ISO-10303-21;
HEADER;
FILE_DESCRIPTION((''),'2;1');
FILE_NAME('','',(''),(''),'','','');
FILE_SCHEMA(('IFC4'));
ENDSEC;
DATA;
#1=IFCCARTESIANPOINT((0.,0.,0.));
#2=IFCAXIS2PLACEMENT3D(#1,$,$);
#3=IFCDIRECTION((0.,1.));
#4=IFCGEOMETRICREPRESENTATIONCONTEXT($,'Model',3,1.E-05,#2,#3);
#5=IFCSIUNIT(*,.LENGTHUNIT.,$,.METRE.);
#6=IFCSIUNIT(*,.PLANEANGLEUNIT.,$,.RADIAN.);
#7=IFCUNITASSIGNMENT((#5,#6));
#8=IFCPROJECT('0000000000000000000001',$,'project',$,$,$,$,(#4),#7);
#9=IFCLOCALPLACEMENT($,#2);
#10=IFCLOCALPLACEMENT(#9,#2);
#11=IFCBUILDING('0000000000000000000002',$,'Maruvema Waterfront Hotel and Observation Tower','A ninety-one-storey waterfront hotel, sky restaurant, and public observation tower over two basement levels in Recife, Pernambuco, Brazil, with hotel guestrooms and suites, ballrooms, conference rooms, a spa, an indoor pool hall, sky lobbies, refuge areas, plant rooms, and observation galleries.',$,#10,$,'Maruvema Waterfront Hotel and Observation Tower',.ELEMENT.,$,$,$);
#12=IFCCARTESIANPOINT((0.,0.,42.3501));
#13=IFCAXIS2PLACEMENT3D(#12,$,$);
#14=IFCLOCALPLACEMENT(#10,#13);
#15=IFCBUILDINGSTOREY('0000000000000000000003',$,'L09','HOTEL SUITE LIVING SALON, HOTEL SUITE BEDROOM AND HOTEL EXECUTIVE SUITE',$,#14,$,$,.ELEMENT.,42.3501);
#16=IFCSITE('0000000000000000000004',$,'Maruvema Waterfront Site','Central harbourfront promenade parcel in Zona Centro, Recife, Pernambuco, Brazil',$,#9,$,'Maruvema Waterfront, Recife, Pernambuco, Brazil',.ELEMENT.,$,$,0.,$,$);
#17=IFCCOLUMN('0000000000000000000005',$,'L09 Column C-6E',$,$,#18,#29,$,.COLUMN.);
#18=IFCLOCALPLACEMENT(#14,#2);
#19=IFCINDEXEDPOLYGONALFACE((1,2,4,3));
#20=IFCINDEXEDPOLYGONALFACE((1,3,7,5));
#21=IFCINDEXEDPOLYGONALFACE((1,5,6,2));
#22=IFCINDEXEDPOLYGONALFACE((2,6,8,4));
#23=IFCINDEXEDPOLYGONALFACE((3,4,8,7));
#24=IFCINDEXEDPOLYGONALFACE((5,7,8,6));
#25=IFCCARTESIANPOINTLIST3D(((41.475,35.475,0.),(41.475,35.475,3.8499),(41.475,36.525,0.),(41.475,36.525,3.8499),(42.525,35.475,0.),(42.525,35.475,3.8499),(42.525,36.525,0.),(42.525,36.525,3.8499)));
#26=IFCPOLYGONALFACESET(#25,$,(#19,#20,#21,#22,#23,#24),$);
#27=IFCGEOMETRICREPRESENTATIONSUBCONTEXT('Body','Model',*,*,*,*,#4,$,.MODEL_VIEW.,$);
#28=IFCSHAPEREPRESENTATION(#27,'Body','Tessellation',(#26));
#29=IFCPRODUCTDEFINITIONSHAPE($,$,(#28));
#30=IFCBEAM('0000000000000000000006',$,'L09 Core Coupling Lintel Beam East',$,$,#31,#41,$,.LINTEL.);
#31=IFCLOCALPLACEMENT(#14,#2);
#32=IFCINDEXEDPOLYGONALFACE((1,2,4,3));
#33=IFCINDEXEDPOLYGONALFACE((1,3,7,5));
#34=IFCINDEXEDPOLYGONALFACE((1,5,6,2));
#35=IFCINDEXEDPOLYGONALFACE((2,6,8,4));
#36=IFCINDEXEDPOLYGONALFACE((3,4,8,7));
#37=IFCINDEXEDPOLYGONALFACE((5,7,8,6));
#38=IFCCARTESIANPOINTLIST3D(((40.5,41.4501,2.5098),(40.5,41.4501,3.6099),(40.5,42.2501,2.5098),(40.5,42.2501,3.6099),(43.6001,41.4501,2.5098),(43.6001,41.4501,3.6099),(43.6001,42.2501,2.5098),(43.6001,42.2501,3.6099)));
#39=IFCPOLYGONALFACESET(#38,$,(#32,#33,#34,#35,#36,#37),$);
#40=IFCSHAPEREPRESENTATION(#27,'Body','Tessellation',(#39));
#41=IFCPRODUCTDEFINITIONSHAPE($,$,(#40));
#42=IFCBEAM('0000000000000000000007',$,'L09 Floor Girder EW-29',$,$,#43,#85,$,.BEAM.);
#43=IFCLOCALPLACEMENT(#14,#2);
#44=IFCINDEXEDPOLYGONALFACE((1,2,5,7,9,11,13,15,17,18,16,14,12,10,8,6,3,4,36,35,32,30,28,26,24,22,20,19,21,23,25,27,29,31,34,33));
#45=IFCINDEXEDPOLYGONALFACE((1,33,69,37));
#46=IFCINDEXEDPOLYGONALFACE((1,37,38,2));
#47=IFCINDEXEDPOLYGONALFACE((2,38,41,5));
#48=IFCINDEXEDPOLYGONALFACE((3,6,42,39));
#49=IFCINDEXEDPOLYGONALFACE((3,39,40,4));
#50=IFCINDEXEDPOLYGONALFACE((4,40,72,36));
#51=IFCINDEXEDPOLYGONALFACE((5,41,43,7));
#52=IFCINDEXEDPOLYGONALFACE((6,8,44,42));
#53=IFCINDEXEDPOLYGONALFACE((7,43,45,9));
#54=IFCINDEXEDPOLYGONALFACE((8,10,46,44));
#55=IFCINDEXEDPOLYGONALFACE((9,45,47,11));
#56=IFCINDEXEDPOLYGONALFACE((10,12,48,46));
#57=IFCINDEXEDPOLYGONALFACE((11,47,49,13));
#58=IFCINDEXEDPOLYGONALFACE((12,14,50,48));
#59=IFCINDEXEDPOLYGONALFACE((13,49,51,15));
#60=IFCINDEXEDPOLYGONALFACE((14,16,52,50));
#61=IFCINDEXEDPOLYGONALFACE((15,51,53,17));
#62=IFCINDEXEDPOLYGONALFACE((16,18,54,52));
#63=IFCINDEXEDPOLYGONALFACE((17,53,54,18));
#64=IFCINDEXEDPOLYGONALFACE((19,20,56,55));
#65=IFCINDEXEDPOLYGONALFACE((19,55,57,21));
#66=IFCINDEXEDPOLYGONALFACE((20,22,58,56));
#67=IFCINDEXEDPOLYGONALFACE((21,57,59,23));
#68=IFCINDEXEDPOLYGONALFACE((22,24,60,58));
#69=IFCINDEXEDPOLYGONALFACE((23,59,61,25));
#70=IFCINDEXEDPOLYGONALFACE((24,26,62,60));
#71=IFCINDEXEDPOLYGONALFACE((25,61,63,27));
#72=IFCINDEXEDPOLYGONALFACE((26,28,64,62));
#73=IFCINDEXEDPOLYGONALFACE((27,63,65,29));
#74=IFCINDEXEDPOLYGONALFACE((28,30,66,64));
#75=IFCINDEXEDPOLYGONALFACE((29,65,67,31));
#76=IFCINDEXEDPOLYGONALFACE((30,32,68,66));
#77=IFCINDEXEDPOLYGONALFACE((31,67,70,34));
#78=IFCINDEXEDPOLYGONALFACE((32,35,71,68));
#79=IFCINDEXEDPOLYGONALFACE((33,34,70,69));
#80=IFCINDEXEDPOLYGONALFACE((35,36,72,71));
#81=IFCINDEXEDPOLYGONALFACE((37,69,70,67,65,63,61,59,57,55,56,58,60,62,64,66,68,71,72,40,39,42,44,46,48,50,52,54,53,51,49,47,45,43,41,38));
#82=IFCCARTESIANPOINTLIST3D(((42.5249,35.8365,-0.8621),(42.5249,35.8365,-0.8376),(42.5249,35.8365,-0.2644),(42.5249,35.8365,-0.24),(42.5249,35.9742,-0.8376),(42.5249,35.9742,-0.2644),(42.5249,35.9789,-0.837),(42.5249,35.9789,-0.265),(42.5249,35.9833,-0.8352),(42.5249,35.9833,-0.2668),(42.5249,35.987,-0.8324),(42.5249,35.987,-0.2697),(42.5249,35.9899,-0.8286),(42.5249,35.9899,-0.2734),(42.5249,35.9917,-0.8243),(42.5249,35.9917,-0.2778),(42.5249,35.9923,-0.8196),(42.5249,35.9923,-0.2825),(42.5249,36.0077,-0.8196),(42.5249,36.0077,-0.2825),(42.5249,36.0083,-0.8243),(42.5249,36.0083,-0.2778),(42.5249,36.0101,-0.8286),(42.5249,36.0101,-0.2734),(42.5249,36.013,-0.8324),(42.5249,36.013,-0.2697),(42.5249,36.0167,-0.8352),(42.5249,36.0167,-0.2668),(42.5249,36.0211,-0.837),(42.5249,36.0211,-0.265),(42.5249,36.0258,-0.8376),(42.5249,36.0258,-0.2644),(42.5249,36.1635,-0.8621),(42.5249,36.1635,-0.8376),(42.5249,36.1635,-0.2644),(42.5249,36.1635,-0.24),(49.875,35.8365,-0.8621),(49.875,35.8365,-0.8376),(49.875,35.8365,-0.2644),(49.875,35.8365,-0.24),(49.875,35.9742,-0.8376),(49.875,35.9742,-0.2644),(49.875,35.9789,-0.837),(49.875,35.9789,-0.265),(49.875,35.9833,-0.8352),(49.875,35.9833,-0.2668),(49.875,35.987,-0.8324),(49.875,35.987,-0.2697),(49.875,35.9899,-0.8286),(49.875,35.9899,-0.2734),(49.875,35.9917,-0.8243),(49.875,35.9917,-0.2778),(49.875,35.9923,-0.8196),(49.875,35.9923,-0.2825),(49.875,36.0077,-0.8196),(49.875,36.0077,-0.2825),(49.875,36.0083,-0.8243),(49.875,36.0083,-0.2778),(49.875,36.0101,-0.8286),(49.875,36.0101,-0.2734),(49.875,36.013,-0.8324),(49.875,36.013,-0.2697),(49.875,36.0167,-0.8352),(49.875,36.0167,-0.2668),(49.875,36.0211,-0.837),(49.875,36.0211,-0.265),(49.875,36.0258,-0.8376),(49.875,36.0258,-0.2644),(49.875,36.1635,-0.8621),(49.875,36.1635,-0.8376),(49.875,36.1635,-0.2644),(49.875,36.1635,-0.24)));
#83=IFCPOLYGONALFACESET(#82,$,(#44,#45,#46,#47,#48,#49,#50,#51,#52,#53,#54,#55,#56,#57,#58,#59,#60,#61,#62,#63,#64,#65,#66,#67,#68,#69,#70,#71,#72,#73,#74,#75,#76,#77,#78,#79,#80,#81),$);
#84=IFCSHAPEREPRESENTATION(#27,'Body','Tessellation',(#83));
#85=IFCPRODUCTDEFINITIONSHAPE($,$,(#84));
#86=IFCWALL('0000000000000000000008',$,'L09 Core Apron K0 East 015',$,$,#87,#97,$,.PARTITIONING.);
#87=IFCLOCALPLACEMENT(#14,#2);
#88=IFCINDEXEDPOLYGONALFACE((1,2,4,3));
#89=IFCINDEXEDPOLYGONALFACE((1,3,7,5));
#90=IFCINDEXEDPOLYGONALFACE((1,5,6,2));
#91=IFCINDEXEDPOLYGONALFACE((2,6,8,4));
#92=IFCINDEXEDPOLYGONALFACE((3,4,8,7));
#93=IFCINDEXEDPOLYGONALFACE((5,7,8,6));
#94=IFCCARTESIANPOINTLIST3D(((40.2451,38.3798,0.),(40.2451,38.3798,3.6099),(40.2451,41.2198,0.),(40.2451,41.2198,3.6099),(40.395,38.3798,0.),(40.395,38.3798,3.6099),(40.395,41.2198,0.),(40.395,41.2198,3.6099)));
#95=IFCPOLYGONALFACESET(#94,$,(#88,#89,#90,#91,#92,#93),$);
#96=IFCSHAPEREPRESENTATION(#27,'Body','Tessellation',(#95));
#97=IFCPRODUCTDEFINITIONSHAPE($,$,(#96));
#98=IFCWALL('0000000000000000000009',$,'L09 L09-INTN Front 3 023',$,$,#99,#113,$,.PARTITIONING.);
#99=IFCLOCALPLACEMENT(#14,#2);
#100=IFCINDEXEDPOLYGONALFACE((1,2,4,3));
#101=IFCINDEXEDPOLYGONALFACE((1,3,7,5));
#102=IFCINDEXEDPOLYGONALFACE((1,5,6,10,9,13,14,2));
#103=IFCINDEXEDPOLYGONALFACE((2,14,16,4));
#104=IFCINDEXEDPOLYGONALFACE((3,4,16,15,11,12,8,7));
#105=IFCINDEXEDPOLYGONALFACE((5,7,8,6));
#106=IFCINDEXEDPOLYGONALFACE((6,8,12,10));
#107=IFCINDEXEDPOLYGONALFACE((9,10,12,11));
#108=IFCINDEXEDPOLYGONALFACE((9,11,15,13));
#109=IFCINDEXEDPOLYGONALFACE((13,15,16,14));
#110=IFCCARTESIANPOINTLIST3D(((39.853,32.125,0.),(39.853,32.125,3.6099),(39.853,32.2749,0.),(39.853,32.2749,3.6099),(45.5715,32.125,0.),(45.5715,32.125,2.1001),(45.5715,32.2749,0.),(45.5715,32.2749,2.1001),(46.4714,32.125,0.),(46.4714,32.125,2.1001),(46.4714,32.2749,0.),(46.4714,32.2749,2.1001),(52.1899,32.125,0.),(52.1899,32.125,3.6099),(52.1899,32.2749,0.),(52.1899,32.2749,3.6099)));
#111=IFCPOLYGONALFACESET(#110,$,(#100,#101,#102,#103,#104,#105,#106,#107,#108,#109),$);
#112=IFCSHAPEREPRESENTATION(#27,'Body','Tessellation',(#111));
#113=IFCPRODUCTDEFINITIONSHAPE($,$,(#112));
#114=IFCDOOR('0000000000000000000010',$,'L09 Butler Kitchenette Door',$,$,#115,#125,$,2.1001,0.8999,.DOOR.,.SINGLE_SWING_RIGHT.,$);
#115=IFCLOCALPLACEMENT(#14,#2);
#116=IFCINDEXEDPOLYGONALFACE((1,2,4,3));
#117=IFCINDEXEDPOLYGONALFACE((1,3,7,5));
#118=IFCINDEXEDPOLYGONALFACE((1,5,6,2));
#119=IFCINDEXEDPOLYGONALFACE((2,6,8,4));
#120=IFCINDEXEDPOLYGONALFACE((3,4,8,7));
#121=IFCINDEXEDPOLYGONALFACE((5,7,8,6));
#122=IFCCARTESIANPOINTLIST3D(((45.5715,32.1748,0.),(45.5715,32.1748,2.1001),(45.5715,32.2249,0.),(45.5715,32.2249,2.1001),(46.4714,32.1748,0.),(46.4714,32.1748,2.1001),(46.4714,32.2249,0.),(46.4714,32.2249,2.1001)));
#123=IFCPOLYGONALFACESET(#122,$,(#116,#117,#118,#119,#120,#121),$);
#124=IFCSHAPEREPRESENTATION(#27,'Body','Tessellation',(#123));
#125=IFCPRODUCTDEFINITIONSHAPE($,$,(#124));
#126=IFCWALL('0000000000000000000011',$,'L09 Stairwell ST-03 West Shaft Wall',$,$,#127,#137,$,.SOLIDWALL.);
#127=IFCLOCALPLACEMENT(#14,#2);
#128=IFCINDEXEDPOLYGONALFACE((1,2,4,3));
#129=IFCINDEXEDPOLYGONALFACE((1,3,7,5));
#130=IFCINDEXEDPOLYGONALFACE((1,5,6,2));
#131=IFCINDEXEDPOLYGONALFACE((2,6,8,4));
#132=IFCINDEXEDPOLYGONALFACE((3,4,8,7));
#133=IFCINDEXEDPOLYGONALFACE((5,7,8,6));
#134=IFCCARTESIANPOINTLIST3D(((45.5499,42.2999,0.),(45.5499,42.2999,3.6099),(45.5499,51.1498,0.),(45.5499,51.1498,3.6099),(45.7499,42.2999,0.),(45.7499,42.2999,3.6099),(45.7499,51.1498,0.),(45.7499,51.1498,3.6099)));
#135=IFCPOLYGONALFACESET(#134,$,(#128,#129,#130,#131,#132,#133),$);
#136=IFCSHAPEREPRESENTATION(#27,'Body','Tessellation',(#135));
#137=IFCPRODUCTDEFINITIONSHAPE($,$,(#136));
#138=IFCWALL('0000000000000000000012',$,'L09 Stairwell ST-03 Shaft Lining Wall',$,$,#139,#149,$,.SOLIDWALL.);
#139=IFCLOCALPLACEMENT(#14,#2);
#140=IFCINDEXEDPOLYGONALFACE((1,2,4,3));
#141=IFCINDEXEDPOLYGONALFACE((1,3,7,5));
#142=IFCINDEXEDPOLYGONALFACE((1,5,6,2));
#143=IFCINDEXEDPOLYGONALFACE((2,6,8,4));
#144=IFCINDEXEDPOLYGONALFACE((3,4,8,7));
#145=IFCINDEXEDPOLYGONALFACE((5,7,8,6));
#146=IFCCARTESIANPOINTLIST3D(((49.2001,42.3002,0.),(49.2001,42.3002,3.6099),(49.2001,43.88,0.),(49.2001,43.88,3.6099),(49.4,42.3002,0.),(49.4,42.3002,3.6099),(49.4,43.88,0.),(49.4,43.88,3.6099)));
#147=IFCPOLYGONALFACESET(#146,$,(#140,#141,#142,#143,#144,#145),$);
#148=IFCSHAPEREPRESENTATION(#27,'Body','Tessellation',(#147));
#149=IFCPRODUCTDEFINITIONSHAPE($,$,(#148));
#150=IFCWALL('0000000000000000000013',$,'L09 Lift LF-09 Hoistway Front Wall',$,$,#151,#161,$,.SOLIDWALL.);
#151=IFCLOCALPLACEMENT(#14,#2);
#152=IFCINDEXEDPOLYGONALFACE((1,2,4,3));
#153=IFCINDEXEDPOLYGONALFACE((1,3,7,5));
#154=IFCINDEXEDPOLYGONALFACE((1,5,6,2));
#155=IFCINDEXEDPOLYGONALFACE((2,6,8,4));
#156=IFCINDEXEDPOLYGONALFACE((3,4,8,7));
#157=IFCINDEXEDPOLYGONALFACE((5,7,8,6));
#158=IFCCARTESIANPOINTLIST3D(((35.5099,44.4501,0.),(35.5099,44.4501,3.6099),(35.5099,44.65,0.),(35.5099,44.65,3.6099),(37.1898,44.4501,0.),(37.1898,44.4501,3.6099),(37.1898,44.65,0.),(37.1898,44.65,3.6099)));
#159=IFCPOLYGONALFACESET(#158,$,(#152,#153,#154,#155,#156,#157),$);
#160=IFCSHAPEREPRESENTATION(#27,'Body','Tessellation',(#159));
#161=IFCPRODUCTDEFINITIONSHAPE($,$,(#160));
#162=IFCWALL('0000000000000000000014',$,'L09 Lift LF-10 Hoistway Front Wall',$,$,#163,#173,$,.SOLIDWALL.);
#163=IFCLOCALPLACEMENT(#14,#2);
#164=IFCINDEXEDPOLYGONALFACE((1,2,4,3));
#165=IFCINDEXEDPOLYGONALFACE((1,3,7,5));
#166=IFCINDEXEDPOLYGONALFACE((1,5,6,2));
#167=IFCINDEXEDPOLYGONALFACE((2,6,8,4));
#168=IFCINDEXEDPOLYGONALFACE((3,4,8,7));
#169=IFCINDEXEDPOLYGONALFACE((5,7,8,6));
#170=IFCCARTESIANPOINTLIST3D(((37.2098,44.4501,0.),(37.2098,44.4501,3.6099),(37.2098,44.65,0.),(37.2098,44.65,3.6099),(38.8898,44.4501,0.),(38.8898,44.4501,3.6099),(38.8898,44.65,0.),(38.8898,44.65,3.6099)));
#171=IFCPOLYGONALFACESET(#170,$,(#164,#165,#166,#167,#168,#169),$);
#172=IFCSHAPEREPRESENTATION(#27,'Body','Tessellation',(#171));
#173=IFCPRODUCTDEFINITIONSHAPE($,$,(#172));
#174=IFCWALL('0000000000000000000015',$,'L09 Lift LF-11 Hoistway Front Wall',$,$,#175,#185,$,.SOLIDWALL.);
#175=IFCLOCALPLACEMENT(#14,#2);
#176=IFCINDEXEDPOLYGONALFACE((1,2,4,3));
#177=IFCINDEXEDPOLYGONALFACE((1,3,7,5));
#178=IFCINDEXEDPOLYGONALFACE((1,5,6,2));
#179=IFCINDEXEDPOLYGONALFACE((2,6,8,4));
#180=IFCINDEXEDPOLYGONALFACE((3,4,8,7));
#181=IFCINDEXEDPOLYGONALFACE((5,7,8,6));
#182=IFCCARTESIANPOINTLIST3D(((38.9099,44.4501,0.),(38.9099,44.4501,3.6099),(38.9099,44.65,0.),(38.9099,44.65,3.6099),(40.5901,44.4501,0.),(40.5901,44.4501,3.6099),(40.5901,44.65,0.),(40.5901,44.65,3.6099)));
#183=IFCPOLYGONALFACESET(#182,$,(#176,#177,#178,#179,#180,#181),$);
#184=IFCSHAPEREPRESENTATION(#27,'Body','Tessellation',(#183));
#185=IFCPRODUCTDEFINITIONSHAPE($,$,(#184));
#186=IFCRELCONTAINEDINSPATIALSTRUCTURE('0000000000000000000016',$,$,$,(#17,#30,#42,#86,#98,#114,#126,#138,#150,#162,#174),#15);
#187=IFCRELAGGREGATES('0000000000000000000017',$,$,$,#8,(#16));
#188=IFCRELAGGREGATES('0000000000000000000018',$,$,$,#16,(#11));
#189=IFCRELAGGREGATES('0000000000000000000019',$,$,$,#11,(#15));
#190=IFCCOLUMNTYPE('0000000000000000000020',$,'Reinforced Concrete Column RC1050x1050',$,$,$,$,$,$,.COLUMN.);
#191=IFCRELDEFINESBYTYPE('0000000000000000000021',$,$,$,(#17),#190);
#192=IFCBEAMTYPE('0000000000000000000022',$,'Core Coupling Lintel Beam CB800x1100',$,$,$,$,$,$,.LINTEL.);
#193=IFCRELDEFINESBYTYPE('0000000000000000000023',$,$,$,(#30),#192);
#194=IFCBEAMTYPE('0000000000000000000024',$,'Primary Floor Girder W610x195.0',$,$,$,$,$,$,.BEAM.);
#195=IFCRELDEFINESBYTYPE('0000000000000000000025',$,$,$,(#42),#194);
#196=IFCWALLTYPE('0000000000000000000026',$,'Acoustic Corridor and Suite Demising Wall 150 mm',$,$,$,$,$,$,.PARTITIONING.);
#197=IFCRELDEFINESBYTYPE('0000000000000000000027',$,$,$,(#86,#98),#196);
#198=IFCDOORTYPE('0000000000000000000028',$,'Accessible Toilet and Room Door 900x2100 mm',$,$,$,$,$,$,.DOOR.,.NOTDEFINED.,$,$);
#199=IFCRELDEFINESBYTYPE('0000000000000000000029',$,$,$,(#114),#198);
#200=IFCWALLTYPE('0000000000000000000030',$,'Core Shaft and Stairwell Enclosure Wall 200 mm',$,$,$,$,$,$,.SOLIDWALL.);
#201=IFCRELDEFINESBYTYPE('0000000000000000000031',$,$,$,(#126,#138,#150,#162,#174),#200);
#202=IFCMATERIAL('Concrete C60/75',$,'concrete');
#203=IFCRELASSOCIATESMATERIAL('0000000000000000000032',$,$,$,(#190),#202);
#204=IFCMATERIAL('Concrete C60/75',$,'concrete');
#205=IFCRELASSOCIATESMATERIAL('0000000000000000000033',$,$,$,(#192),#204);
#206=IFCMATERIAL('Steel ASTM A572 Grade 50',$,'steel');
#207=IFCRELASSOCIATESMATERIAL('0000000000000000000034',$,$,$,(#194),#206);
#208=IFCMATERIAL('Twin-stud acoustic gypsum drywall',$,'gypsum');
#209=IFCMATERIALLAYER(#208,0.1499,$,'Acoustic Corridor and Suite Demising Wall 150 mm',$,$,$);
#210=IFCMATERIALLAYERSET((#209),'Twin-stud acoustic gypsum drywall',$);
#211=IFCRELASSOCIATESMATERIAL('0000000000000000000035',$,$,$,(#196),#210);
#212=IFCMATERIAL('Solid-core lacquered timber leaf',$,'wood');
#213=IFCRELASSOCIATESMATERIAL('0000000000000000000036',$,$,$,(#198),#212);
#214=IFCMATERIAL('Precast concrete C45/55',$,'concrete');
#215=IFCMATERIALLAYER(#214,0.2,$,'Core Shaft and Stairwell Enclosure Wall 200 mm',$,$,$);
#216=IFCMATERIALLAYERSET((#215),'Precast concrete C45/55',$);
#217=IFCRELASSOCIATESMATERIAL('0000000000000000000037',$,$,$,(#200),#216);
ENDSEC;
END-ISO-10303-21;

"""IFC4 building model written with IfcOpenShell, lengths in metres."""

from ifc_helpers import new_model, si_unit, direction, frame, frame_2d, origin, origin_2d, place, context, subcontext, project, spatial, rectangle, i_section, extrude, material, layer, layer_set, material_profile, profile_set, type_object, element, fill, save


model = new_model("IFC4")

# Units and contexts
model_context = context("Model", 3, precision=1e-05, world=origin(), true_north=direction((0.0, 1.0)))
body_context = subcontext(model_context, "Body", "Model", "MODEL_VIEW")
ifc_project = project(units=[si_unit("LENGTHUNIT", "METRE"), si_unit("PLANEANGLEUNIT", "RADIAN")], contexts=[model_context])

# Site, building, storey
site_placement = place(None, origin())
site = spatial("IfcSite", under=ifc_project, at=site_placement, Name="Maruvema Waterfront Site", Description="Central harbourfront promenade parcel in Zona Centro, Recife, Pernambuco, Brazil", LongName="Maruvema Waterfront, Recife, Pernambuco, Brazil", CompositionType="ELEMENT", RefElevation=0.0)
building_placement = place(site_placement, origin())
building = spatial("IfcBuilding", under=site, at=building_placement, Name="Maruvema Waterfront Hotel and Observation Tower", Description="A ninety-one-storey waterfront hotel, sky restaurant, and public observation tower over two basement levels in Recife, Pernambuco, Brazil, with hotel guestrooms and suites, ballrooms, conference rooms, a spa, an indoor pool hall, sky lobbies, refuge areas, plant rooms, and observation galleries.", LongName="Maruvema Waterfront Hotel and Observation Tower", CompositionType="ELEMENT")
storey_placement = place(building_placement, frame((0.0, 0.0, 42.3501)))
storey = spatial("IfcBuildingStorey", under=building, at=storey_placement, Name="L09", Description="HOTEL SUITE LIVING SALON, HOTEL SUITE BEDROOM AND HOTEL EXECUTIVE SUITE", CompositionType="ELEMENT", Elevation=42.3501)

# Column
ifc_material_1 = material(Name="Concrete C60/75", Category="concrete")
ifc_material_profile_1 = material_profile(ifc_material_1, rectangle(XDim=1.05, YDim=1.05, at=origin_2d()), Name="RC1050x1050")
ifc_profile_set_1 = profile_set([ifc_material_profile_1], Name="Concrete C60/75")
column_type = type_object("IfcColumnType", Name="Reinforced Concrete Column RC1050x1050", PredefinedType="COLUMN", material=ifc_profile_set_1)
column_placement = place(storey_placement, frame((42.0, 36.0, 0.0), z_axis=(0.0, 0.0, 1.0), x_axis=(1.0, 0.0, 0.0)))
element("IfcColumn", 1, at=column_placement, inside=storey, type_object=column_type, Name="L09 Column C-6E", PredefinedType="COLUMN", context=body_context, shape_type="SweptSolid", body=[
    extrude(rectangle(XDim=1.05, YDim=1.05, at=origin_2d()), origin(), (0.0, 0.0, 1.0), 3.8499),
])

# Beams
ifc_material_2 = material(Name="Concrete C60/75", Category="concrete")
ifc_material_profile_2 = material_profile(ifc_material_2, rectangle(XDim=0.8, YDim=1.1001, at=origin_2d()), Name="CB800x1100")
ifc_profile_set_2 = profile_set([ifc_material_profile_2], Name="Concrete C60/75")
beam_type_1 = type_object("IfcBeamType", Name="Core Coupling Lintel Beam CB800x1100", PredefinedType="LINTEL", material=ifc_profile_set_2)
beam_1_placement = place(storey_placement, frame((40.5, 41.8501, 3.0598), z_axis=(1.0, 0.0, 0.0), x_axis=(0.0, 1.0, 0.0)))
element("IfcBeam", 2, at=beam_1_placement, inside=storey, type_object=beam_type_1, Name="L09 Core Coupling Lintel Beam East", PredefinedType="LINTEL", context=body_context, shape_type="SweptSolid", body=[
    extrude(rectangle(XDim=0.8, YDim=1.1001, at=origin_2d()), origin(), (0.0, 0.0, 1.0), 3.1001),
])
ifc_material_3 = material(Name="Steel ASTM A572 Grade 50", Category="steel")
ifc_material_profile_3 = material_profile(ifc_material_3, i_section(OverallWidth=0.3269, OverallDepth=0.6221, WebThickness=0.0154, FlangeThickness=0.0244, FilletRadius=0.0181, at=origin_2d()), Name="W610x195.0")
ifc_profile_set_3 = profile_set([ifc_material_profile_3], Name="Steel ASTM A572 Grade 50")
beam_type_2 = type_object("IfcBeamType", Name="Primary Floor Girder W610x195.0", PredefinedType="BEAM", material=ifc_profile_set_3)
beam_2_placement = place(storey_placement, frame((42.5249, 36.0, -0.551), z_axis=(1.0, 0.0, 0.0), x_axis=(0.0, 1.0, 0.0)))
element("IfcBeam", 3, at=beam_2_placement, inside=storey, type_object=beam_type_2, Name="L09 Floor Girder EW-29", PredefinedType="BEAM", context=body_context, shape_type="SweptSolid", body=[
    extrude(i_section(OverallWidth=0.3269, OverallDepth=0.6221, WebThickness=0.0154, FlangeThickness=0.0244, FilletRadius=0.0181, at=origin_2d()), origin(), (0.0, 0.0, 1.0), 7.3501),
])

# Wall
ifc_material_4 = material(Name="Twin-stud acoustic gypsum drywall", Category="gypsum")
ifc_layer_1 = layer(ifc_material_4, 0.1499, Name="Acoustic Corridor and Suite Demising Wall 150 mm")
ifc_layer_set_1 = layer_set([ifc_layer_1], Name="Twin-stud acoustic gypsum drywall")
wall_type_1 = type_object("IfcWallType", Name="Acoustic Corridor and Suite Demising Wall 150 mm", PredefinedType="PARTITIONING", material=ifc_layer_set_1)
wall_1_placement = place(storey_placement, frame((40.3201, 38.3799, 0.0), z_axis=(0.0, 0.0, 1.0), x_axis=(0.0, 1.0, 0.0)))
element("IfcWall", 4, at=wall_1_placement, inside=storey, type_object=wall_type_1, Name="L09 Core Apron K0 East 015", PredefinedType="PARTITIONING", context=body_context, shape_type="SweptSolid", body=[
    extrude(rectangle(XDim=2.8401, YDim=0.1499, at=frame_2d((1.4199, 0.0))), origin(), (0.0, 0.0, 1.0), 3.6099),
])

# Wall, opening, door
wall_2_placement = place(storey_placement, frame((39.853, 32.2, 0.0), z_axis=(0.0, 0.0, 1.0), x_axis=(1.0, 0.0, 0.0)))
wall_2 = element("IfcWall", 5, at=wall_2_placement, inside=storey, type_object=wall_type_1, Name="L09 L09-INTN Front 3 023", PredefinedType="PARTITIONING", context=body_context, shape_type="SweptSolid", body=[
    extrude(rectangle(XDim=12.3369, YDim=0.1499, at=frame_2d((6.1685, 0.0))), origin(), (0.0, 0.0, 1.0), 3.6099),
])
opening_1_placement = place(wall_2_placement, frame((5.7185, 0.0, 0.0)))
opening_1 = element("IfcOpeningElement", 6, at=opening_1_placement, cuts=wall_2, PredefinedType="OPENING", context=body_context, shape_type="SweptSolid", body=[
    extrude(rectangle(XDim=0.8999, YDim=2.1001, at=frame_2d((0.45, 1.05))), frame((0.0, 0.085, 0.0), z_axis=(0.0, -1.0, 0.0), x_axis=(1.0, 0.0, 0.0)), (0.0, 0.0, 1.0), 0.1699),
])
ifc_material_5 = material(Name="Solid-core lacquered timber leaf", Category="wood")
door_type_1 = type_object("IfcDoorType", Name="Accessible Toilet and Room Door 900x2100 mm", OperationType="NOTDEFINED", PredefinedType="DOOR", material=ifc_material_5)
door_1_placement = place(opening_1_placement, origin())
door_1 = element("IfcDoor", 7, at=door_1_placement, inside=storey, type_object=door_type_1, Name="L09 Butler Kitchenette Door", OperationType="SINGLE_SWING_RIGHT", OverallHeight=2.1001, OverallWidth=0.8999, PredefinedType="DOOR", context=body_context, shape_type="SweptSolid", body=[
    extrude(rectangle(XDim=0.8999, YDim=2.1001, at=frame_2d((0.45, 1.05))), frame((0.0, 0.0249, 0.0), z_axis=(0.0, -1.0, 0.0), x_axis=(1.0, 0.0, 0.0)), (0.0, 0.0, 1.0), 0.05),
])
fill(opening_1, door_1)

# Walls
ifc_material_6 = material(Name="Precast concrete C45/55", Category="concrete")
ifc_layer_2 = layer(ifc_material_6, 0.2, Name="Core Shaft and Stairwell Enclosure Wall 200 mm")
ifc_layer_set_2 = layer_set([ifc_layer_2], Name="Precast concrete C45/55")
wall_type_2 = type_object("IfcWallType", Name="Core Shaft and Stairwell Enclosure Wall 200 mm", PredefinedType="SOLIDWALL", material=ifc_layer_set_2)
wall_3_placement = place(storey_placement, frame((45.6499, 42.3, 0.0), z_axis=(0.0, 0.0, 1.0), x_axis=(0.0, 1.0, 0.0)))
element("IfcWall", 8, at=wall_3_placement, inside=storey, type_object=wall_type_2, Name="L09 Stairwell ST-03 West Shaft Wall", PredefinedType="SOLIDWALL", context=body_context, shape_type="SweptSolid", body=[
    extrude(rectangle(XDim=8.8499, YDim=0.2, at=frame_2d((4.4248, 0.0))), origin(), (0.0, 0.0, 1.0), 3.6099),
])
wall_4_placement = place(storey_placement, frame((49.3, 42.3, 0.0), z_axis=(0.0, 0.0, 1.0), x_axis=(0.0, 1.0, 0.0)))
element("IfcWall", 9, at=wall_4_placement, inside=storey, type_object=wall_type_2, Name="L09 Stairwell ST-03 Shaft Lining Wall", PredefinedType="SOLIDWALL", context=body_context, shape_type="SweptSolid", body=[
    extrude(rectangle(XDim=1.5798, YDim=0.2, at=frame_2d((0.79, 0.0))), origin(), (0.0, 0.0, 1.0), 3.6099),
])
for number, where, z_axis, x_axis, name in (
    (10, (35.51, 44.55, 0.0), (0.0, 0.0, 1.0), (1.0, 0.0, 0.0), "L09 Lift LF-09 Hoistway Front Wall"),
    (11, (37.21, 44.55, 0.0), (0.0, 0.0, 1.0), (1.0, 0.0, 0.0), "L09 Lift LF-10 Hoistway Front Wall"),
):
    element("IfcWall", number, at=place(storey_placement, frame(where, z_axis=z_axis, x_axis=x_axis)), inside=storey, type_object=wall_type_2, Name=name, PredefinedType="SOLIDWALL", context=body_context, shape_type="SweptSolid", body=[
        extrude(rectangle(XDim=1.6799, YDim=0.2, at=frame_2d((0.8398, 0.0))), origin(), (0.0, 0.0, 1.0), 3.6099),
    ])
wall_5_placement = place(storey_placement, frame((38.9099, 44.55, 0.0), z_axis=(0.0, 0.0, 1.0), x_axis=(1.0, 0.0, 0.0)))
element("IfcWall", 12, at=wall_5_placement, inside=storey, type_object=wall_type_2, Name="L09 Lift LF-11 Hoistway Front Wall", PredefinedType="SOLIDWALL", context=body_context, shape_type="SweptSolid", body=[
    extrude(rectangle(XDim=1.6802, YDim=0.2, at=frame_2d((0.8401, 0.0))), origin(), (0.0, 0.0, 1.0), 3.6099),
])

save(model, "model.ifc")
